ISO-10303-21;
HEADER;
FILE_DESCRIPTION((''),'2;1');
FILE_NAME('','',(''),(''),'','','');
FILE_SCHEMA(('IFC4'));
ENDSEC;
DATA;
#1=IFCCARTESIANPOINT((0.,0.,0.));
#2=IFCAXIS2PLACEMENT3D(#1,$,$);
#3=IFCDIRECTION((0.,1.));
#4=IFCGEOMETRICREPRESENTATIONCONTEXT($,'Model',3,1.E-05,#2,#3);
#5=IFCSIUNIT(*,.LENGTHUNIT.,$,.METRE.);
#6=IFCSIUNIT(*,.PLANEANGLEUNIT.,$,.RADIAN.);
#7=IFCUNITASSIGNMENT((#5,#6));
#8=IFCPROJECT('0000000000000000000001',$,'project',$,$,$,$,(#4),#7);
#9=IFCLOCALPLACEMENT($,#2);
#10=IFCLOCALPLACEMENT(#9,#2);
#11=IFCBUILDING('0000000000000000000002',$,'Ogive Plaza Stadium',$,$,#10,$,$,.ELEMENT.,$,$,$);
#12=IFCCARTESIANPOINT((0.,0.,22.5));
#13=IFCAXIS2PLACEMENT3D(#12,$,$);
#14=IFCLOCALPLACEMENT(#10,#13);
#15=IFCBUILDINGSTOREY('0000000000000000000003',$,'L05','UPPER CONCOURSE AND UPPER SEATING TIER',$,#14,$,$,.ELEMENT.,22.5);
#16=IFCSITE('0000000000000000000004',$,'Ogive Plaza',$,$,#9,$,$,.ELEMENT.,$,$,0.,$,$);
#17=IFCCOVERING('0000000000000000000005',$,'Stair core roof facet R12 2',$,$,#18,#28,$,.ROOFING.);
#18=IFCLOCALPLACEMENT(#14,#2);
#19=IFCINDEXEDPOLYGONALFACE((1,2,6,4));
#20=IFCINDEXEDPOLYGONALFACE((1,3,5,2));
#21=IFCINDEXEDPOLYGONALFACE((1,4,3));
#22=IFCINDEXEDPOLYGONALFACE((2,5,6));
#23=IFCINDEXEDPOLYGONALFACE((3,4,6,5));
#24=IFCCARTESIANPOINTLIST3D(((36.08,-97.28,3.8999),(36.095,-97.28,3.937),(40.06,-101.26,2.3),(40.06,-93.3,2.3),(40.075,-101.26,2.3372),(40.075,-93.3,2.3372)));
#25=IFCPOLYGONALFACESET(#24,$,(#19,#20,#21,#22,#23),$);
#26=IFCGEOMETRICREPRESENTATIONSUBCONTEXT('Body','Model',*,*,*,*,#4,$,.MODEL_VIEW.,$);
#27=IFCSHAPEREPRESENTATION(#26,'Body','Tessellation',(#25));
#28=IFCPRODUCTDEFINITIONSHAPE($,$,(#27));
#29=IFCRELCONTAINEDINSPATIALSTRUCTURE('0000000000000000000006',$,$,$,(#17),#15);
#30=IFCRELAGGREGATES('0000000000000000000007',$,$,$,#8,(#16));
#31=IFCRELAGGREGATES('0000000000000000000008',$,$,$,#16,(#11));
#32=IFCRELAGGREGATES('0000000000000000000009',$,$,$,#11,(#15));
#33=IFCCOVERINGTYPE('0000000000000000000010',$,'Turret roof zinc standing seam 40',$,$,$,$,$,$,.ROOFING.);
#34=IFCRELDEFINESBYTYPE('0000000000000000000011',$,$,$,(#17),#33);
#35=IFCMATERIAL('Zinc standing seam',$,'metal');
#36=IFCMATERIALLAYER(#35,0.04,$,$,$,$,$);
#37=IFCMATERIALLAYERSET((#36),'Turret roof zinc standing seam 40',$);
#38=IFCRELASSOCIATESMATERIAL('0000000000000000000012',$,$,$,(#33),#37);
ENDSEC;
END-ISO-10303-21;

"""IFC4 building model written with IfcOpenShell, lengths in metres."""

from ifc_helpers import new_model, si_unit, direction, frame, origin, place, context, subcontext, project, spatial, polyline, outline, extrude, material, layer, layer_set, type_object, element, save


model = new_model("IFC4")

# Units and contexts
model_context = context("Model", 3, precision=1e-05, world=origin(), true_north=direction((0.0, 1.0)))
body_context = subcontext(model_context, "Body", "Model", "MODEL_VIEW")
ifc_project = project(units=[si_unit("LENGTHUNIT", "METRE"), si_unit("PLANEANGLEUNIT", "RADIAN")], contexts=[model_context])

# Site, building, storey
site_placement = place(None, origin())
site = spatial("IfcSite", under=ifc_project, at=site_placement, Name="Ogive Plaza", CompositionType="ELEMENT", RefElevation=0.0)
building_placement = place(site_placement, origin())
building = spatial("IfcBuilding", under=site, at=building_placement, Name="Ogive Plaza Stadium", CompositionType="ELEMENT")
storey_placement = place(building_placement, frame((0.0, 0.0, 22.5)))
storey = spatial("IfcBuildingStorey", under=building, at=storey_placement, Name="L05", Description="UPPER CONCOURSE AND UPPER SEATING TIER", CompositionType="ELEMENT", Elevation=22.5)

# Covering
ifc_material_1 = material(Name="Zinc standing seam", Category="metal")
ifc_layer_1 = layer(ifc_material_1, 0.04)
ifc_layer_set_1 = layer_set([ifc_layer_1], Name="Turret roof zinc standing seam 40")
covering_type_1 = type_object("IfcCoveringType", Name="Turret roof zinc standing seam 40", PredefinedType="ROOFING", material=ifc_layer_set_1)
covering_1_placement = place(storey_placement, frame((40.075, -101.26, 2.3372), z_axis=(0.37297, 0.0, 0.927843), x_axis=(0.0, 1.0, 0.0)))
element("IfcCovering", 1, at=covering_1_placement, inside=storey, type_object=covering_type_1, Name="Stair core roof facet R12 2", PredefinedType="ROOFING", context=body_context, shape_type="SweptSolid", body=[
    extrude(outline(polyline([(0.0, 0.0), (7.96, 0.0), (3.98, 4.2895), (0.0, 0.0)])), origin(), (0.0, 0.0, -1.0), 0.04),
])

save(model, "model.ifc")
